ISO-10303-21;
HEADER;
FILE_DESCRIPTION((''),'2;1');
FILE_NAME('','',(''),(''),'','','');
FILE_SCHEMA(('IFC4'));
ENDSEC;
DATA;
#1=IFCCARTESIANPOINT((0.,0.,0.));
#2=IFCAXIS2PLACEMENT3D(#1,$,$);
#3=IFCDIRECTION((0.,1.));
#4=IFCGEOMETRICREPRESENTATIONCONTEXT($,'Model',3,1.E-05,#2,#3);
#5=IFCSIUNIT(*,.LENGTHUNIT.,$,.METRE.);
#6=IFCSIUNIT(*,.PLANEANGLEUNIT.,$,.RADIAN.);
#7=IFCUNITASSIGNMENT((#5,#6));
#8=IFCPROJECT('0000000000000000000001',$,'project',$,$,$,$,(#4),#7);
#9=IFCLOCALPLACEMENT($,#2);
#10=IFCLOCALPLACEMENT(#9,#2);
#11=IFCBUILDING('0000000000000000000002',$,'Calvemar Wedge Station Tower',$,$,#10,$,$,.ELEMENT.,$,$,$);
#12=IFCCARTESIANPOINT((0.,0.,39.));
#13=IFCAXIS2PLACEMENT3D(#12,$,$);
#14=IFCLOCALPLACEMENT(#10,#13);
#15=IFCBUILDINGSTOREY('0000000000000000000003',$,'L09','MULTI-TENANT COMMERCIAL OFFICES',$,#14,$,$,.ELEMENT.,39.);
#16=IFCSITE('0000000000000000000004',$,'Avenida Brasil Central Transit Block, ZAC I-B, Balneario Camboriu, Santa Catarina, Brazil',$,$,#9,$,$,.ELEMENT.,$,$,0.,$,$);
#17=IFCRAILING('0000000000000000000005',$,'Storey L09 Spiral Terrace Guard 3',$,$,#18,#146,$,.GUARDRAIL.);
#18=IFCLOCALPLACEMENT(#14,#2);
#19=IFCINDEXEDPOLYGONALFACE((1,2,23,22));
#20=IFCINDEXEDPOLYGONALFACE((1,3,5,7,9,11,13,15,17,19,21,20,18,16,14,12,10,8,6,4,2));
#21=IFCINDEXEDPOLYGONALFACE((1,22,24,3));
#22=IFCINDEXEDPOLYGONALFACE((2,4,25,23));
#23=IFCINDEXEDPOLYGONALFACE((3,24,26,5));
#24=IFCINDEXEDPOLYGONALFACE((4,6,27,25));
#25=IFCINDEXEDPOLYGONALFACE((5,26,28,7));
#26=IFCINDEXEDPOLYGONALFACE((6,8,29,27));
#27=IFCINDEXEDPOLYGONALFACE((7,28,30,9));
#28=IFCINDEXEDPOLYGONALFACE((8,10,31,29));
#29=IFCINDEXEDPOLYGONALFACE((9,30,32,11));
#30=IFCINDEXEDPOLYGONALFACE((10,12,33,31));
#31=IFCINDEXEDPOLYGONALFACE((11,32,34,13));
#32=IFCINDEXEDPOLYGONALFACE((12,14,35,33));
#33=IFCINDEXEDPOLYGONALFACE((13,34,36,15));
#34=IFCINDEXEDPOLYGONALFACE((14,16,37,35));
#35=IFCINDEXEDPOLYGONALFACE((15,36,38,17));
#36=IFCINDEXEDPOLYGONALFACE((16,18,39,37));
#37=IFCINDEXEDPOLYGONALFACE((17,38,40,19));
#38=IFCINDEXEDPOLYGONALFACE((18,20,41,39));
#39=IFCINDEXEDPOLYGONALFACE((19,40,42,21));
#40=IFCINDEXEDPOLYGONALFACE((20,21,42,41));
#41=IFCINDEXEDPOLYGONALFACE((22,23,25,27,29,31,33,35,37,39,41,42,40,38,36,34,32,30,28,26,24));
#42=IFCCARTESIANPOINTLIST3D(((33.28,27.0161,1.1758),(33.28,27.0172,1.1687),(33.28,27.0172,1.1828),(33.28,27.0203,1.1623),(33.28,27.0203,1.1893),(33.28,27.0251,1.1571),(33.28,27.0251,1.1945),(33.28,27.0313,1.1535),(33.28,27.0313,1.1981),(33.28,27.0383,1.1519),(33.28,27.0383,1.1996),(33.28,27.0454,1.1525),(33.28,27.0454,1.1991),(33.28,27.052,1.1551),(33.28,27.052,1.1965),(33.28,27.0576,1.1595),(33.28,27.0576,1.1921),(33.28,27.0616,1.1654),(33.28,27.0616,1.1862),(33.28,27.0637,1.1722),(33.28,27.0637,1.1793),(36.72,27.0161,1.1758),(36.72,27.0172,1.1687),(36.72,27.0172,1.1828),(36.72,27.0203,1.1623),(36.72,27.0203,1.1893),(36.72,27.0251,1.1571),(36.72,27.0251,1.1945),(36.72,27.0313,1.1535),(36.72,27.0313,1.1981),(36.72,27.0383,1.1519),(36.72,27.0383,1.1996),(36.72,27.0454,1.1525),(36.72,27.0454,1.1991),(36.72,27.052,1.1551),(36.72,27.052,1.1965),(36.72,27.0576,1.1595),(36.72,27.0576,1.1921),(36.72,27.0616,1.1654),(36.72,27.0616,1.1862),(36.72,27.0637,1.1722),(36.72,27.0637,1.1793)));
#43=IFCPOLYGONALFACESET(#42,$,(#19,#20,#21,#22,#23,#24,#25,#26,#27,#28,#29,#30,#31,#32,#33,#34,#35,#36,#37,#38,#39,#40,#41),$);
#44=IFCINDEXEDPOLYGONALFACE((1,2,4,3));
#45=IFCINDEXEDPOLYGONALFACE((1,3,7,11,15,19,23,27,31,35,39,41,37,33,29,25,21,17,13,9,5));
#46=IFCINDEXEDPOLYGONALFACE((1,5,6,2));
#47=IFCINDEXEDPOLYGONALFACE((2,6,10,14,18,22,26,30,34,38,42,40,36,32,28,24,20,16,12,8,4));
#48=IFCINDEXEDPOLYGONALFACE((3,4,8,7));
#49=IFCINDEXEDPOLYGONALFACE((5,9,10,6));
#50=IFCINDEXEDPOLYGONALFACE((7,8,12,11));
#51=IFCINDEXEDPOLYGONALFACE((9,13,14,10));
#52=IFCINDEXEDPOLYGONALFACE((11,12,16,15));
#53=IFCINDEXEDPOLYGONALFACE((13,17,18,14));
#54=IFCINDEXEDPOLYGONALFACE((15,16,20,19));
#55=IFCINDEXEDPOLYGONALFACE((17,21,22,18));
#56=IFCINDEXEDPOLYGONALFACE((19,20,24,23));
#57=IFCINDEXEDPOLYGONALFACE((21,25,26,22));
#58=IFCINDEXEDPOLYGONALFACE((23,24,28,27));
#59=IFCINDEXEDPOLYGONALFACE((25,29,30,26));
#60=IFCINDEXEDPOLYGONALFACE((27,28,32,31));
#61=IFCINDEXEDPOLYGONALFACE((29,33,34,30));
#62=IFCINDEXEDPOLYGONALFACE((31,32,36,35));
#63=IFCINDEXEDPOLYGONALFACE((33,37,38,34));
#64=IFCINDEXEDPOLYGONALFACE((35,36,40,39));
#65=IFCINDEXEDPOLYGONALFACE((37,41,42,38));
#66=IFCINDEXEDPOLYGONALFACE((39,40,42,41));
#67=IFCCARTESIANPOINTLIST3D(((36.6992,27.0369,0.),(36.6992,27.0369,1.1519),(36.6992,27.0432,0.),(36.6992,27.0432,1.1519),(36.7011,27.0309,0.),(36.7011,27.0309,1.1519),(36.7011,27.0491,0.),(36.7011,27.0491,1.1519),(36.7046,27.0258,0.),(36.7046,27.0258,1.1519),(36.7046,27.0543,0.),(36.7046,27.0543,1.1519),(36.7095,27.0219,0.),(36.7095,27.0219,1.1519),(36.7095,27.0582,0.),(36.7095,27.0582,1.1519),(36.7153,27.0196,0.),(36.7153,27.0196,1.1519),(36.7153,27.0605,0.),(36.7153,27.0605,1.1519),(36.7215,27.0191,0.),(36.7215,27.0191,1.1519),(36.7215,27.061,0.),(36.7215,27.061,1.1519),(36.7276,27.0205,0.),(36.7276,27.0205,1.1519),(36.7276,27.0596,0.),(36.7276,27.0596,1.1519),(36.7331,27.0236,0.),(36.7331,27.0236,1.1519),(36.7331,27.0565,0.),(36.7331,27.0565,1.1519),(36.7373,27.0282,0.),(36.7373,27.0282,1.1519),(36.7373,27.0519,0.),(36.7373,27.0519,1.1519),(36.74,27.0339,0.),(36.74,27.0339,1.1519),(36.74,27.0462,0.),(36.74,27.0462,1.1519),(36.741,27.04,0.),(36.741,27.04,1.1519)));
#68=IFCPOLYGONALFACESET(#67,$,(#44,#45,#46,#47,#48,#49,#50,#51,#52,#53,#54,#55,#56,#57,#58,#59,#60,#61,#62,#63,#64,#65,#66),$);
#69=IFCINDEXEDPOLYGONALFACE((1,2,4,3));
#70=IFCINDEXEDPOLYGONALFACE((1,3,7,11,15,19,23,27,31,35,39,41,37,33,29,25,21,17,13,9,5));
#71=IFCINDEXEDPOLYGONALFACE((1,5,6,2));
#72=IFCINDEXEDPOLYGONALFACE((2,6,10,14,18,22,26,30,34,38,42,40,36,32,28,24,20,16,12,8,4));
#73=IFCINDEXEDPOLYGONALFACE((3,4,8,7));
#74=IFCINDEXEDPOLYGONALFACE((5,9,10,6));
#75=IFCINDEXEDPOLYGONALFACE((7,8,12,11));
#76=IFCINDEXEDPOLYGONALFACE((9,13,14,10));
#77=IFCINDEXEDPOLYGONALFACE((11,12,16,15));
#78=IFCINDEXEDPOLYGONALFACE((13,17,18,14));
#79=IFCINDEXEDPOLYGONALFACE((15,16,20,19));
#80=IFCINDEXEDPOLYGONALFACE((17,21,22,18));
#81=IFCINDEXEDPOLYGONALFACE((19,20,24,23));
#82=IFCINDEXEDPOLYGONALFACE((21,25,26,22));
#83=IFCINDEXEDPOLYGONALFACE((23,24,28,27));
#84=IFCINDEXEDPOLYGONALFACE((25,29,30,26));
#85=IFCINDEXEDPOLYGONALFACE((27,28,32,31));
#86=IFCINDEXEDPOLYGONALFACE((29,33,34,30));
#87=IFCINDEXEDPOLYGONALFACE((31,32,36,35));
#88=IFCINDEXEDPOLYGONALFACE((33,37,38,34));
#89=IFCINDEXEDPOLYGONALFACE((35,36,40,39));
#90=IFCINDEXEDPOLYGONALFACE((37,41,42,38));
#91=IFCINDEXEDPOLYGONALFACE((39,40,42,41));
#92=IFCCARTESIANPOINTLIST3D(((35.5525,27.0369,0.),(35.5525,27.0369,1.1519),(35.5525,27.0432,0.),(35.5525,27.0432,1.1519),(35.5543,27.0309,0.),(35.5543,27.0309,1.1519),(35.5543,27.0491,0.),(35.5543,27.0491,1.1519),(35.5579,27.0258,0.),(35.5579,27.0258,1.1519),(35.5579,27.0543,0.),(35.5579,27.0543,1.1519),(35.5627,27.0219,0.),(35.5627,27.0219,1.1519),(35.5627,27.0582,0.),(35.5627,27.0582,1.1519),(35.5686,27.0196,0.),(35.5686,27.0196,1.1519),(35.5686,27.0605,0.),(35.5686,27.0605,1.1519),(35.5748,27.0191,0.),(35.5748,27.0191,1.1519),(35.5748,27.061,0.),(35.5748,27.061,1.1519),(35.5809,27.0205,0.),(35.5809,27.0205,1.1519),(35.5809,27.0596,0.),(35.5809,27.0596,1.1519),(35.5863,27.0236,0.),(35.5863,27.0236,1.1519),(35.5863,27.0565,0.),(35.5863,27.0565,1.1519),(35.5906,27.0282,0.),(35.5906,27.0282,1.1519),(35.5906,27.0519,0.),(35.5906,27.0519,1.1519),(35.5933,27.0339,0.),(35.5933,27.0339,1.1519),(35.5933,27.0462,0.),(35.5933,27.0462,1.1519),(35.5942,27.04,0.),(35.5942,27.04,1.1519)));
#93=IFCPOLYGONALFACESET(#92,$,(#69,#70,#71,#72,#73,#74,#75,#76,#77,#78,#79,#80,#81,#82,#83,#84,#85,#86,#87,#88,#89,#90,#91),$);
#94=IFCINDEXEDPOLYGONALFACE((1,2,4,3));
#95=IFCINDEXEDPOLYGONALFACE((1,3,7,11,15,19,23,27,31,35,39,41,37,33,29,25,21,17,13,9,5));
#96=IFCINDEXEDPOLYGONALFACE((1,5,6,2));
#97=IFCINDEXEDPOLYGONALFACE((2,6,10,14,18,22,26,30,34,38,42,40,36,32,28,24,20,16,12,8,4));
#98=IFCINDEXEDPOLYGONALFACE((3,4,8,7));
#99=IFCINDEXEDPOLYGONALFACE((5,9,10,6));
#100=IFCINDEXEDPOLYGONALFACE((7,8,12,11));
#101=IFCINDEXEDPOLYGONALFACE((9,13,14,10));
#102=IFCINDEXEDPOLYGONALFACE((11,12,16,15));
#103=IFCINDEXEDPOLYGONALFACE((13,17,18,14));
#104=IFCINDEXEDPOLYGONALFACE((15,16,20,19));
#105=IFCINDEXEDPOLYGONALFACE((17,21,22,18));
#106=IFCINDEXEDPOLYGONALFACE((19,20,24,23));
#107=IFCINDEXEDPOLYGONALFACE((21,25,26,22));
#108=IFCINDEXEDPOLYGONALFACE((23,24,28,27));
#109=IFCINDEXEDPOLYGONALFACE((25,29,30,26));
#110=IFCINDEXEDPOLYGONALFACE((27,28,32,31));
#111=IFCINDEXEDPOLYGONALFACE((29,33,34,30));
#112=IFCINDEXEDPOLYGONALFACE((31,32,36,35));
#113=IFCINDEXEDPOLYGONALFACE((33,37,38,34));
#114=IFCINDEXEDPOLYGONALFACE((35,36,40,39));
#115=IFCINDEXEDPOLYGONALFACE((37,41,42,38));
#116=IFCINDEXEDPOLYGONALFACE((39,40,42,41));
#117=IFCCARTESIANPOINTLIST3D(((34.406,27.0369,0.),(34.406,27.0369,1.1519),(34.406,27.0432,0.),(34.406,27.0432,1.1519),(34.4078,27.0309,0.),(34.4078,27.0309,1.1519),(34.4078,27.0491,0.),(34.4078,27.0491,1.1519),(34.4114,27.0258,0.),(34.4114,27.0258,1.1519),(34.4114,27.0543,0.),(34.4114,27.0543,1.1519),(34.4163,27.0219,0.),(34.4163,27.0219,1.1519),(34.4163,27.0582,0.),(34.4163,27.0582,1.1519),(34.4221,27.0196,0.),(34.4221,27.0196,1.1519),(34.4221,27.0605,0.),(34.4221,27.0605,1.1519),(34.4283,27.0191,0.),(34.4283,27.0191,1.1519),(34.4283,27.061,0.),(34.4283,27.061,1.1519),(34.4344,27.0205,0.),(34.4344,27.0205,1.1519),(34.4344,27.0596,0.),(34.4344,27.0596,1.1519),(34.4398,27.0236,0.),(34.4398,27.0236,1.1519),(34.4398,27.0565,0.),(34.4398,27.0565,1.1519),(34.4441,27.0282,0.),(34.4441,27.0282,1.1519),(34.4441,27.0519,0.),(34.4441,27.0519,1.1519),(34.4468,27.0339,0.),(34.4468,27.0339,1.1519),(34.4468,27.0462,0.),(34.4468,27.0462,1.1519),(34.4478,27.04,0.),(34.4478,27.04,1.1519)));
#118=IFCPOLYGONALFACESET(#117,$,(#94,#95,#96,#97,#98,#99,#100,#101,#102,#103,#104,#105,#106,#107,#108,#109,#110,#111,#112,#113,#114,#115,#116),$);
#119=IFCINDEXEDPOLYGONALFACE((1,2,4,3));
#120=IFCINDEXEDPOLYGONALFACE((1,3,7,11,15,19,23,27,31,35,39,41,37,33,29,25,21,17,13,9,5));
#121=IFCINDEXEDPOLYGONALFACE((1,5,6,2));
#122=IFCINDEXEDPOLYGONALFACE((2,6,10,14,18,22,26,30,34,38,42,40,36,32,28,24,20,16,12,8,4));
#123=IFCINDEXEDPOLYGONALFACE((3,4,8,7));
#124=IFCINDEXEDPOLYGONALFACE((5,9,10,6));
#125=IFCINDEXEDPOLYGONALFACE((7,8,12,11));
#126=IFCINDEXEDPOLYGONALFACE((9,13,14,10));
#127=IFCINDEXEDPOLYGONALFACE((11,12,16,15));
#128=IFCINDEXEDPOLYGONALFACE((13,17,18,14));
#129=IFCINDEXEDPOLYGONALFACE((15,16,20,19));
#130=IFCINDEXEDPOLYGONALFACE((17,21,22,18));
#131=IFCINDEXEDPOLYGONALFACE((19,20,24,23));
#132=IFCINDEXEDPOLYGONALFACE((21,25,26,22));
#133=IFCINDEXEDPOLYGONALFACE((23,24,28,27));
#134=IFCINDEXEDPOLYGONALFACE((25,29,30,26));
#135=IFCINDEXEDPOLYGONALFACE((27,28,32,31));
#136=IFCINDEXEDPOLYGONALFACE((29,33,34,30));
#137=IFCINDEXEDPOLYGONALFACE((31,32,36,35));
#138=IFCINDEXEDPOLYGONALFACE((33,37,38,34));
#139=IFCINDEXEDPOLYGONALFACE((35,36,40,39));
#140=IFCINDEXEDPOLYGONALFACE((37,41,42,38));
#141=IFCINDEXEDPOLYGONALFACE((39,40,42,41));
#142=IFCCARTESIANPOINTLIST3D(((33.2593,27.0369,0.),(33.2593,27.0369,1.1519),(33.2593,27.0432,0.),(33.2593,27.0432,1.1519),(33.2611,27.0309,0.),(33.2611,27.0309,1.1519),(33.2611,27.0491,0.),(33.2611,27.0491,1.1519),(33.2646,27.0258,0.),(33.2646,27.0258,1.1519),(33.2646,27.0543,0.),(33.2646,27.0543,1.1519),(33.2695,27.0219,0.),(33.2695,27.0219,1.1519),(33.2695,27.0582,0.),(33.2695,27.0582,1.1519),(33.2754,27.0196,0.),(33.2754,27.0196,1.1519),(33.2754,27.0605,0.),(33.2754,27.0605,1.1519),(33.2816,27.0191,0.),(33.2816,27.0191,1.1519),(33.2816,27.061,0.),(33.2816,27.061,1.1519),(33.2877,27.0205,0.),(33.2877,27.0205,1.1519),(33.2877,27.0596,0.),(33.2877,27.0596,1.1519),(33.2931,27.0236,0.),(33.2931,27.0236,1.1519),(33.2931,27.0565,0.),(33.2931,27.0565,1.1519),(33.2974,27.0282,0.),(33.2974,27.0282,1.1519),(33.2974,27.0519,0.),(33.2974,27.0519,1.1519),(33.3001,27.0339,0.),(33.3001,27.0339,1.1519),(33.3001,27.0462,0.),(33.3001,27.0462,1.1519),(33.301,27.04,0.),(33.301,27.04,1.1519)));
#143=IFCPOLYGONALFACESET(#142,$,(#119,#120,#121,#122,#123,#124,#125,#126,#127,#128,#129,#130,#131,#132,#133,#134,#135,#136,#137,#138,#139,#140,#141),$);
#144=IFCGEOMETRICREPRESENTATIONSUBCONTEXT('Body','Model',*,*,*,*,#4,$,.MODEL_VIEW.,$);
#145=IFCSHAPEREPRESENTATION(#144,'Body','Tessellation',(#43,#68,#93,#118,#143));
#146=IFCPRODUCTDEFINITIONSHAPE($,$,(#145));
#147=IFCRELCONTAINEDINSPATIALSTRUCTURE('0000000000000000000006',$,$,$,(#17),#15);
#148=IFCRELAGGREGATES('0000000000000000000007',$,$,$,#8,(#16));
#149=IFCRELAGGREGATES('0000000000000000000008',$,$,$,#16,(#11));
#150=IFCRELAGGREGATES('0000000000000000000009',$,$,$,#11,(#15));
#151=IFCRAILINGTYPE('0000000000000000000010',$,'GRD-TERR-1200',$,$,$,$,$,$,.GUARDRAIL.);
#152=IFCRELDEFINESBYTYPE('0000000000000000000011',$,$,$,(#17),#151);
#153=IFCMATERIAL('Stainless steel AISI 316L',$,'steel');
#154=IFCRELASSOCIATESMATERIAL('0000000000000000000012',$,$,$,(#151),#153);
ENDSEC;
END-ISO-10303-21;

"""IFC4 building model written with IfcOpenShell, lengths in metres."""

from ifc_helpers import new_model, si_unit, direction, frame, origin, origin_2d, place, context, subcontext, project, spatial, circle, extrude, material, type_object, element, save


model = new_model("IFC4")

# Units and contexts
model_context = context("Model", 3, precision=1e-05, world=origin(), true_north=direction((0.0, 1.0)))
body_context = subcontext(model_context, "Body", "Model", "MODEL_VIEW")
ifc_project = project(units=[si_unit("LENGTHUNIT", "METRE"), si_unit("PLANEANGLEUNIT", "RADIAN")], contexts=[model_context])

# Site, building, storey
site_placement = place(None, origin())
site = spatial("IfcSite", under=ifc_project, at=site_placement, Name="Avenida Brasil Central Transit Block, ZAC I-B, Balneario Camboriu, Santa Catarina, Brazil", CompositionType="ELEMENT", RefElevation=0.0)
building_placement = place(site_placement, origin())
building = spatial("IfcBuilding", under=site, at=building_placement, Name="Calvemar Wedge Station Tower", CompositionType="ELEMENT")
storey_placement = place(building_placement, frame((0.0, 0.0, 39.0)))
storey = spatial("IfcBuildingStorey", under=building, at=storey_placement, Name="L09", Description="MULTI-TENANT COMMERCIAL OFFICES", CompositionType="ELEMENT", Elevation=39.0)

# Railing
ifc_material_1 = material(Name="Stainless steel AISI 316L", Category="steel")
railing_type = type_object("IfcRailingType", Name="GRD-TERR-1200", PredefinedType="GUARDRAIL", material=ifc_material_1)
railing_1_placement = place(storey_placement, frame((36.72, 27.04, 0.0)))
element("IfcRailing", 1, at=railing_1_placement, inside=storey, type_object=railing_type, Name="Storey L09 Spiral Terrace Guard 3", PredefinedType="GUARDRAIL", context=body_context, shape_type="SweptSolid", body=[
    extrude(circle(Radius=0.0239, at=origin_2d()), frame((0.0, 0.0, 1.1758), z_axis=(-1.0, 0.0, 0.0), x_axis=(0.0, -1.0, 0.0)), (0.0, 0.0, 1.0), 3.4399),
    extrude(circle(Radius=0.021, at=origin_2d()), origin(), (0.0, 0.0, 1.0), 1.1519),
    extrude(circle(Radius=0.021, at=origin_2d()), frame((-1.1467, 0.0, 0.0)), (0.0, 0.0, 1.0), 1.1519),
    extrude(circle(Radius=0.021, at=origin_2d()), frame((-2.2932, 0.0, 0.0)), (0.0, 0.0, 1.0), 1.1519),
    extrude(circle(Radius=0.021, at=origin_2d()), frame((-3.4399, 0.0, 0.0)), (0.0, 0.0, 1.0), 1.1519),
])

save(model, "model.ifc")
